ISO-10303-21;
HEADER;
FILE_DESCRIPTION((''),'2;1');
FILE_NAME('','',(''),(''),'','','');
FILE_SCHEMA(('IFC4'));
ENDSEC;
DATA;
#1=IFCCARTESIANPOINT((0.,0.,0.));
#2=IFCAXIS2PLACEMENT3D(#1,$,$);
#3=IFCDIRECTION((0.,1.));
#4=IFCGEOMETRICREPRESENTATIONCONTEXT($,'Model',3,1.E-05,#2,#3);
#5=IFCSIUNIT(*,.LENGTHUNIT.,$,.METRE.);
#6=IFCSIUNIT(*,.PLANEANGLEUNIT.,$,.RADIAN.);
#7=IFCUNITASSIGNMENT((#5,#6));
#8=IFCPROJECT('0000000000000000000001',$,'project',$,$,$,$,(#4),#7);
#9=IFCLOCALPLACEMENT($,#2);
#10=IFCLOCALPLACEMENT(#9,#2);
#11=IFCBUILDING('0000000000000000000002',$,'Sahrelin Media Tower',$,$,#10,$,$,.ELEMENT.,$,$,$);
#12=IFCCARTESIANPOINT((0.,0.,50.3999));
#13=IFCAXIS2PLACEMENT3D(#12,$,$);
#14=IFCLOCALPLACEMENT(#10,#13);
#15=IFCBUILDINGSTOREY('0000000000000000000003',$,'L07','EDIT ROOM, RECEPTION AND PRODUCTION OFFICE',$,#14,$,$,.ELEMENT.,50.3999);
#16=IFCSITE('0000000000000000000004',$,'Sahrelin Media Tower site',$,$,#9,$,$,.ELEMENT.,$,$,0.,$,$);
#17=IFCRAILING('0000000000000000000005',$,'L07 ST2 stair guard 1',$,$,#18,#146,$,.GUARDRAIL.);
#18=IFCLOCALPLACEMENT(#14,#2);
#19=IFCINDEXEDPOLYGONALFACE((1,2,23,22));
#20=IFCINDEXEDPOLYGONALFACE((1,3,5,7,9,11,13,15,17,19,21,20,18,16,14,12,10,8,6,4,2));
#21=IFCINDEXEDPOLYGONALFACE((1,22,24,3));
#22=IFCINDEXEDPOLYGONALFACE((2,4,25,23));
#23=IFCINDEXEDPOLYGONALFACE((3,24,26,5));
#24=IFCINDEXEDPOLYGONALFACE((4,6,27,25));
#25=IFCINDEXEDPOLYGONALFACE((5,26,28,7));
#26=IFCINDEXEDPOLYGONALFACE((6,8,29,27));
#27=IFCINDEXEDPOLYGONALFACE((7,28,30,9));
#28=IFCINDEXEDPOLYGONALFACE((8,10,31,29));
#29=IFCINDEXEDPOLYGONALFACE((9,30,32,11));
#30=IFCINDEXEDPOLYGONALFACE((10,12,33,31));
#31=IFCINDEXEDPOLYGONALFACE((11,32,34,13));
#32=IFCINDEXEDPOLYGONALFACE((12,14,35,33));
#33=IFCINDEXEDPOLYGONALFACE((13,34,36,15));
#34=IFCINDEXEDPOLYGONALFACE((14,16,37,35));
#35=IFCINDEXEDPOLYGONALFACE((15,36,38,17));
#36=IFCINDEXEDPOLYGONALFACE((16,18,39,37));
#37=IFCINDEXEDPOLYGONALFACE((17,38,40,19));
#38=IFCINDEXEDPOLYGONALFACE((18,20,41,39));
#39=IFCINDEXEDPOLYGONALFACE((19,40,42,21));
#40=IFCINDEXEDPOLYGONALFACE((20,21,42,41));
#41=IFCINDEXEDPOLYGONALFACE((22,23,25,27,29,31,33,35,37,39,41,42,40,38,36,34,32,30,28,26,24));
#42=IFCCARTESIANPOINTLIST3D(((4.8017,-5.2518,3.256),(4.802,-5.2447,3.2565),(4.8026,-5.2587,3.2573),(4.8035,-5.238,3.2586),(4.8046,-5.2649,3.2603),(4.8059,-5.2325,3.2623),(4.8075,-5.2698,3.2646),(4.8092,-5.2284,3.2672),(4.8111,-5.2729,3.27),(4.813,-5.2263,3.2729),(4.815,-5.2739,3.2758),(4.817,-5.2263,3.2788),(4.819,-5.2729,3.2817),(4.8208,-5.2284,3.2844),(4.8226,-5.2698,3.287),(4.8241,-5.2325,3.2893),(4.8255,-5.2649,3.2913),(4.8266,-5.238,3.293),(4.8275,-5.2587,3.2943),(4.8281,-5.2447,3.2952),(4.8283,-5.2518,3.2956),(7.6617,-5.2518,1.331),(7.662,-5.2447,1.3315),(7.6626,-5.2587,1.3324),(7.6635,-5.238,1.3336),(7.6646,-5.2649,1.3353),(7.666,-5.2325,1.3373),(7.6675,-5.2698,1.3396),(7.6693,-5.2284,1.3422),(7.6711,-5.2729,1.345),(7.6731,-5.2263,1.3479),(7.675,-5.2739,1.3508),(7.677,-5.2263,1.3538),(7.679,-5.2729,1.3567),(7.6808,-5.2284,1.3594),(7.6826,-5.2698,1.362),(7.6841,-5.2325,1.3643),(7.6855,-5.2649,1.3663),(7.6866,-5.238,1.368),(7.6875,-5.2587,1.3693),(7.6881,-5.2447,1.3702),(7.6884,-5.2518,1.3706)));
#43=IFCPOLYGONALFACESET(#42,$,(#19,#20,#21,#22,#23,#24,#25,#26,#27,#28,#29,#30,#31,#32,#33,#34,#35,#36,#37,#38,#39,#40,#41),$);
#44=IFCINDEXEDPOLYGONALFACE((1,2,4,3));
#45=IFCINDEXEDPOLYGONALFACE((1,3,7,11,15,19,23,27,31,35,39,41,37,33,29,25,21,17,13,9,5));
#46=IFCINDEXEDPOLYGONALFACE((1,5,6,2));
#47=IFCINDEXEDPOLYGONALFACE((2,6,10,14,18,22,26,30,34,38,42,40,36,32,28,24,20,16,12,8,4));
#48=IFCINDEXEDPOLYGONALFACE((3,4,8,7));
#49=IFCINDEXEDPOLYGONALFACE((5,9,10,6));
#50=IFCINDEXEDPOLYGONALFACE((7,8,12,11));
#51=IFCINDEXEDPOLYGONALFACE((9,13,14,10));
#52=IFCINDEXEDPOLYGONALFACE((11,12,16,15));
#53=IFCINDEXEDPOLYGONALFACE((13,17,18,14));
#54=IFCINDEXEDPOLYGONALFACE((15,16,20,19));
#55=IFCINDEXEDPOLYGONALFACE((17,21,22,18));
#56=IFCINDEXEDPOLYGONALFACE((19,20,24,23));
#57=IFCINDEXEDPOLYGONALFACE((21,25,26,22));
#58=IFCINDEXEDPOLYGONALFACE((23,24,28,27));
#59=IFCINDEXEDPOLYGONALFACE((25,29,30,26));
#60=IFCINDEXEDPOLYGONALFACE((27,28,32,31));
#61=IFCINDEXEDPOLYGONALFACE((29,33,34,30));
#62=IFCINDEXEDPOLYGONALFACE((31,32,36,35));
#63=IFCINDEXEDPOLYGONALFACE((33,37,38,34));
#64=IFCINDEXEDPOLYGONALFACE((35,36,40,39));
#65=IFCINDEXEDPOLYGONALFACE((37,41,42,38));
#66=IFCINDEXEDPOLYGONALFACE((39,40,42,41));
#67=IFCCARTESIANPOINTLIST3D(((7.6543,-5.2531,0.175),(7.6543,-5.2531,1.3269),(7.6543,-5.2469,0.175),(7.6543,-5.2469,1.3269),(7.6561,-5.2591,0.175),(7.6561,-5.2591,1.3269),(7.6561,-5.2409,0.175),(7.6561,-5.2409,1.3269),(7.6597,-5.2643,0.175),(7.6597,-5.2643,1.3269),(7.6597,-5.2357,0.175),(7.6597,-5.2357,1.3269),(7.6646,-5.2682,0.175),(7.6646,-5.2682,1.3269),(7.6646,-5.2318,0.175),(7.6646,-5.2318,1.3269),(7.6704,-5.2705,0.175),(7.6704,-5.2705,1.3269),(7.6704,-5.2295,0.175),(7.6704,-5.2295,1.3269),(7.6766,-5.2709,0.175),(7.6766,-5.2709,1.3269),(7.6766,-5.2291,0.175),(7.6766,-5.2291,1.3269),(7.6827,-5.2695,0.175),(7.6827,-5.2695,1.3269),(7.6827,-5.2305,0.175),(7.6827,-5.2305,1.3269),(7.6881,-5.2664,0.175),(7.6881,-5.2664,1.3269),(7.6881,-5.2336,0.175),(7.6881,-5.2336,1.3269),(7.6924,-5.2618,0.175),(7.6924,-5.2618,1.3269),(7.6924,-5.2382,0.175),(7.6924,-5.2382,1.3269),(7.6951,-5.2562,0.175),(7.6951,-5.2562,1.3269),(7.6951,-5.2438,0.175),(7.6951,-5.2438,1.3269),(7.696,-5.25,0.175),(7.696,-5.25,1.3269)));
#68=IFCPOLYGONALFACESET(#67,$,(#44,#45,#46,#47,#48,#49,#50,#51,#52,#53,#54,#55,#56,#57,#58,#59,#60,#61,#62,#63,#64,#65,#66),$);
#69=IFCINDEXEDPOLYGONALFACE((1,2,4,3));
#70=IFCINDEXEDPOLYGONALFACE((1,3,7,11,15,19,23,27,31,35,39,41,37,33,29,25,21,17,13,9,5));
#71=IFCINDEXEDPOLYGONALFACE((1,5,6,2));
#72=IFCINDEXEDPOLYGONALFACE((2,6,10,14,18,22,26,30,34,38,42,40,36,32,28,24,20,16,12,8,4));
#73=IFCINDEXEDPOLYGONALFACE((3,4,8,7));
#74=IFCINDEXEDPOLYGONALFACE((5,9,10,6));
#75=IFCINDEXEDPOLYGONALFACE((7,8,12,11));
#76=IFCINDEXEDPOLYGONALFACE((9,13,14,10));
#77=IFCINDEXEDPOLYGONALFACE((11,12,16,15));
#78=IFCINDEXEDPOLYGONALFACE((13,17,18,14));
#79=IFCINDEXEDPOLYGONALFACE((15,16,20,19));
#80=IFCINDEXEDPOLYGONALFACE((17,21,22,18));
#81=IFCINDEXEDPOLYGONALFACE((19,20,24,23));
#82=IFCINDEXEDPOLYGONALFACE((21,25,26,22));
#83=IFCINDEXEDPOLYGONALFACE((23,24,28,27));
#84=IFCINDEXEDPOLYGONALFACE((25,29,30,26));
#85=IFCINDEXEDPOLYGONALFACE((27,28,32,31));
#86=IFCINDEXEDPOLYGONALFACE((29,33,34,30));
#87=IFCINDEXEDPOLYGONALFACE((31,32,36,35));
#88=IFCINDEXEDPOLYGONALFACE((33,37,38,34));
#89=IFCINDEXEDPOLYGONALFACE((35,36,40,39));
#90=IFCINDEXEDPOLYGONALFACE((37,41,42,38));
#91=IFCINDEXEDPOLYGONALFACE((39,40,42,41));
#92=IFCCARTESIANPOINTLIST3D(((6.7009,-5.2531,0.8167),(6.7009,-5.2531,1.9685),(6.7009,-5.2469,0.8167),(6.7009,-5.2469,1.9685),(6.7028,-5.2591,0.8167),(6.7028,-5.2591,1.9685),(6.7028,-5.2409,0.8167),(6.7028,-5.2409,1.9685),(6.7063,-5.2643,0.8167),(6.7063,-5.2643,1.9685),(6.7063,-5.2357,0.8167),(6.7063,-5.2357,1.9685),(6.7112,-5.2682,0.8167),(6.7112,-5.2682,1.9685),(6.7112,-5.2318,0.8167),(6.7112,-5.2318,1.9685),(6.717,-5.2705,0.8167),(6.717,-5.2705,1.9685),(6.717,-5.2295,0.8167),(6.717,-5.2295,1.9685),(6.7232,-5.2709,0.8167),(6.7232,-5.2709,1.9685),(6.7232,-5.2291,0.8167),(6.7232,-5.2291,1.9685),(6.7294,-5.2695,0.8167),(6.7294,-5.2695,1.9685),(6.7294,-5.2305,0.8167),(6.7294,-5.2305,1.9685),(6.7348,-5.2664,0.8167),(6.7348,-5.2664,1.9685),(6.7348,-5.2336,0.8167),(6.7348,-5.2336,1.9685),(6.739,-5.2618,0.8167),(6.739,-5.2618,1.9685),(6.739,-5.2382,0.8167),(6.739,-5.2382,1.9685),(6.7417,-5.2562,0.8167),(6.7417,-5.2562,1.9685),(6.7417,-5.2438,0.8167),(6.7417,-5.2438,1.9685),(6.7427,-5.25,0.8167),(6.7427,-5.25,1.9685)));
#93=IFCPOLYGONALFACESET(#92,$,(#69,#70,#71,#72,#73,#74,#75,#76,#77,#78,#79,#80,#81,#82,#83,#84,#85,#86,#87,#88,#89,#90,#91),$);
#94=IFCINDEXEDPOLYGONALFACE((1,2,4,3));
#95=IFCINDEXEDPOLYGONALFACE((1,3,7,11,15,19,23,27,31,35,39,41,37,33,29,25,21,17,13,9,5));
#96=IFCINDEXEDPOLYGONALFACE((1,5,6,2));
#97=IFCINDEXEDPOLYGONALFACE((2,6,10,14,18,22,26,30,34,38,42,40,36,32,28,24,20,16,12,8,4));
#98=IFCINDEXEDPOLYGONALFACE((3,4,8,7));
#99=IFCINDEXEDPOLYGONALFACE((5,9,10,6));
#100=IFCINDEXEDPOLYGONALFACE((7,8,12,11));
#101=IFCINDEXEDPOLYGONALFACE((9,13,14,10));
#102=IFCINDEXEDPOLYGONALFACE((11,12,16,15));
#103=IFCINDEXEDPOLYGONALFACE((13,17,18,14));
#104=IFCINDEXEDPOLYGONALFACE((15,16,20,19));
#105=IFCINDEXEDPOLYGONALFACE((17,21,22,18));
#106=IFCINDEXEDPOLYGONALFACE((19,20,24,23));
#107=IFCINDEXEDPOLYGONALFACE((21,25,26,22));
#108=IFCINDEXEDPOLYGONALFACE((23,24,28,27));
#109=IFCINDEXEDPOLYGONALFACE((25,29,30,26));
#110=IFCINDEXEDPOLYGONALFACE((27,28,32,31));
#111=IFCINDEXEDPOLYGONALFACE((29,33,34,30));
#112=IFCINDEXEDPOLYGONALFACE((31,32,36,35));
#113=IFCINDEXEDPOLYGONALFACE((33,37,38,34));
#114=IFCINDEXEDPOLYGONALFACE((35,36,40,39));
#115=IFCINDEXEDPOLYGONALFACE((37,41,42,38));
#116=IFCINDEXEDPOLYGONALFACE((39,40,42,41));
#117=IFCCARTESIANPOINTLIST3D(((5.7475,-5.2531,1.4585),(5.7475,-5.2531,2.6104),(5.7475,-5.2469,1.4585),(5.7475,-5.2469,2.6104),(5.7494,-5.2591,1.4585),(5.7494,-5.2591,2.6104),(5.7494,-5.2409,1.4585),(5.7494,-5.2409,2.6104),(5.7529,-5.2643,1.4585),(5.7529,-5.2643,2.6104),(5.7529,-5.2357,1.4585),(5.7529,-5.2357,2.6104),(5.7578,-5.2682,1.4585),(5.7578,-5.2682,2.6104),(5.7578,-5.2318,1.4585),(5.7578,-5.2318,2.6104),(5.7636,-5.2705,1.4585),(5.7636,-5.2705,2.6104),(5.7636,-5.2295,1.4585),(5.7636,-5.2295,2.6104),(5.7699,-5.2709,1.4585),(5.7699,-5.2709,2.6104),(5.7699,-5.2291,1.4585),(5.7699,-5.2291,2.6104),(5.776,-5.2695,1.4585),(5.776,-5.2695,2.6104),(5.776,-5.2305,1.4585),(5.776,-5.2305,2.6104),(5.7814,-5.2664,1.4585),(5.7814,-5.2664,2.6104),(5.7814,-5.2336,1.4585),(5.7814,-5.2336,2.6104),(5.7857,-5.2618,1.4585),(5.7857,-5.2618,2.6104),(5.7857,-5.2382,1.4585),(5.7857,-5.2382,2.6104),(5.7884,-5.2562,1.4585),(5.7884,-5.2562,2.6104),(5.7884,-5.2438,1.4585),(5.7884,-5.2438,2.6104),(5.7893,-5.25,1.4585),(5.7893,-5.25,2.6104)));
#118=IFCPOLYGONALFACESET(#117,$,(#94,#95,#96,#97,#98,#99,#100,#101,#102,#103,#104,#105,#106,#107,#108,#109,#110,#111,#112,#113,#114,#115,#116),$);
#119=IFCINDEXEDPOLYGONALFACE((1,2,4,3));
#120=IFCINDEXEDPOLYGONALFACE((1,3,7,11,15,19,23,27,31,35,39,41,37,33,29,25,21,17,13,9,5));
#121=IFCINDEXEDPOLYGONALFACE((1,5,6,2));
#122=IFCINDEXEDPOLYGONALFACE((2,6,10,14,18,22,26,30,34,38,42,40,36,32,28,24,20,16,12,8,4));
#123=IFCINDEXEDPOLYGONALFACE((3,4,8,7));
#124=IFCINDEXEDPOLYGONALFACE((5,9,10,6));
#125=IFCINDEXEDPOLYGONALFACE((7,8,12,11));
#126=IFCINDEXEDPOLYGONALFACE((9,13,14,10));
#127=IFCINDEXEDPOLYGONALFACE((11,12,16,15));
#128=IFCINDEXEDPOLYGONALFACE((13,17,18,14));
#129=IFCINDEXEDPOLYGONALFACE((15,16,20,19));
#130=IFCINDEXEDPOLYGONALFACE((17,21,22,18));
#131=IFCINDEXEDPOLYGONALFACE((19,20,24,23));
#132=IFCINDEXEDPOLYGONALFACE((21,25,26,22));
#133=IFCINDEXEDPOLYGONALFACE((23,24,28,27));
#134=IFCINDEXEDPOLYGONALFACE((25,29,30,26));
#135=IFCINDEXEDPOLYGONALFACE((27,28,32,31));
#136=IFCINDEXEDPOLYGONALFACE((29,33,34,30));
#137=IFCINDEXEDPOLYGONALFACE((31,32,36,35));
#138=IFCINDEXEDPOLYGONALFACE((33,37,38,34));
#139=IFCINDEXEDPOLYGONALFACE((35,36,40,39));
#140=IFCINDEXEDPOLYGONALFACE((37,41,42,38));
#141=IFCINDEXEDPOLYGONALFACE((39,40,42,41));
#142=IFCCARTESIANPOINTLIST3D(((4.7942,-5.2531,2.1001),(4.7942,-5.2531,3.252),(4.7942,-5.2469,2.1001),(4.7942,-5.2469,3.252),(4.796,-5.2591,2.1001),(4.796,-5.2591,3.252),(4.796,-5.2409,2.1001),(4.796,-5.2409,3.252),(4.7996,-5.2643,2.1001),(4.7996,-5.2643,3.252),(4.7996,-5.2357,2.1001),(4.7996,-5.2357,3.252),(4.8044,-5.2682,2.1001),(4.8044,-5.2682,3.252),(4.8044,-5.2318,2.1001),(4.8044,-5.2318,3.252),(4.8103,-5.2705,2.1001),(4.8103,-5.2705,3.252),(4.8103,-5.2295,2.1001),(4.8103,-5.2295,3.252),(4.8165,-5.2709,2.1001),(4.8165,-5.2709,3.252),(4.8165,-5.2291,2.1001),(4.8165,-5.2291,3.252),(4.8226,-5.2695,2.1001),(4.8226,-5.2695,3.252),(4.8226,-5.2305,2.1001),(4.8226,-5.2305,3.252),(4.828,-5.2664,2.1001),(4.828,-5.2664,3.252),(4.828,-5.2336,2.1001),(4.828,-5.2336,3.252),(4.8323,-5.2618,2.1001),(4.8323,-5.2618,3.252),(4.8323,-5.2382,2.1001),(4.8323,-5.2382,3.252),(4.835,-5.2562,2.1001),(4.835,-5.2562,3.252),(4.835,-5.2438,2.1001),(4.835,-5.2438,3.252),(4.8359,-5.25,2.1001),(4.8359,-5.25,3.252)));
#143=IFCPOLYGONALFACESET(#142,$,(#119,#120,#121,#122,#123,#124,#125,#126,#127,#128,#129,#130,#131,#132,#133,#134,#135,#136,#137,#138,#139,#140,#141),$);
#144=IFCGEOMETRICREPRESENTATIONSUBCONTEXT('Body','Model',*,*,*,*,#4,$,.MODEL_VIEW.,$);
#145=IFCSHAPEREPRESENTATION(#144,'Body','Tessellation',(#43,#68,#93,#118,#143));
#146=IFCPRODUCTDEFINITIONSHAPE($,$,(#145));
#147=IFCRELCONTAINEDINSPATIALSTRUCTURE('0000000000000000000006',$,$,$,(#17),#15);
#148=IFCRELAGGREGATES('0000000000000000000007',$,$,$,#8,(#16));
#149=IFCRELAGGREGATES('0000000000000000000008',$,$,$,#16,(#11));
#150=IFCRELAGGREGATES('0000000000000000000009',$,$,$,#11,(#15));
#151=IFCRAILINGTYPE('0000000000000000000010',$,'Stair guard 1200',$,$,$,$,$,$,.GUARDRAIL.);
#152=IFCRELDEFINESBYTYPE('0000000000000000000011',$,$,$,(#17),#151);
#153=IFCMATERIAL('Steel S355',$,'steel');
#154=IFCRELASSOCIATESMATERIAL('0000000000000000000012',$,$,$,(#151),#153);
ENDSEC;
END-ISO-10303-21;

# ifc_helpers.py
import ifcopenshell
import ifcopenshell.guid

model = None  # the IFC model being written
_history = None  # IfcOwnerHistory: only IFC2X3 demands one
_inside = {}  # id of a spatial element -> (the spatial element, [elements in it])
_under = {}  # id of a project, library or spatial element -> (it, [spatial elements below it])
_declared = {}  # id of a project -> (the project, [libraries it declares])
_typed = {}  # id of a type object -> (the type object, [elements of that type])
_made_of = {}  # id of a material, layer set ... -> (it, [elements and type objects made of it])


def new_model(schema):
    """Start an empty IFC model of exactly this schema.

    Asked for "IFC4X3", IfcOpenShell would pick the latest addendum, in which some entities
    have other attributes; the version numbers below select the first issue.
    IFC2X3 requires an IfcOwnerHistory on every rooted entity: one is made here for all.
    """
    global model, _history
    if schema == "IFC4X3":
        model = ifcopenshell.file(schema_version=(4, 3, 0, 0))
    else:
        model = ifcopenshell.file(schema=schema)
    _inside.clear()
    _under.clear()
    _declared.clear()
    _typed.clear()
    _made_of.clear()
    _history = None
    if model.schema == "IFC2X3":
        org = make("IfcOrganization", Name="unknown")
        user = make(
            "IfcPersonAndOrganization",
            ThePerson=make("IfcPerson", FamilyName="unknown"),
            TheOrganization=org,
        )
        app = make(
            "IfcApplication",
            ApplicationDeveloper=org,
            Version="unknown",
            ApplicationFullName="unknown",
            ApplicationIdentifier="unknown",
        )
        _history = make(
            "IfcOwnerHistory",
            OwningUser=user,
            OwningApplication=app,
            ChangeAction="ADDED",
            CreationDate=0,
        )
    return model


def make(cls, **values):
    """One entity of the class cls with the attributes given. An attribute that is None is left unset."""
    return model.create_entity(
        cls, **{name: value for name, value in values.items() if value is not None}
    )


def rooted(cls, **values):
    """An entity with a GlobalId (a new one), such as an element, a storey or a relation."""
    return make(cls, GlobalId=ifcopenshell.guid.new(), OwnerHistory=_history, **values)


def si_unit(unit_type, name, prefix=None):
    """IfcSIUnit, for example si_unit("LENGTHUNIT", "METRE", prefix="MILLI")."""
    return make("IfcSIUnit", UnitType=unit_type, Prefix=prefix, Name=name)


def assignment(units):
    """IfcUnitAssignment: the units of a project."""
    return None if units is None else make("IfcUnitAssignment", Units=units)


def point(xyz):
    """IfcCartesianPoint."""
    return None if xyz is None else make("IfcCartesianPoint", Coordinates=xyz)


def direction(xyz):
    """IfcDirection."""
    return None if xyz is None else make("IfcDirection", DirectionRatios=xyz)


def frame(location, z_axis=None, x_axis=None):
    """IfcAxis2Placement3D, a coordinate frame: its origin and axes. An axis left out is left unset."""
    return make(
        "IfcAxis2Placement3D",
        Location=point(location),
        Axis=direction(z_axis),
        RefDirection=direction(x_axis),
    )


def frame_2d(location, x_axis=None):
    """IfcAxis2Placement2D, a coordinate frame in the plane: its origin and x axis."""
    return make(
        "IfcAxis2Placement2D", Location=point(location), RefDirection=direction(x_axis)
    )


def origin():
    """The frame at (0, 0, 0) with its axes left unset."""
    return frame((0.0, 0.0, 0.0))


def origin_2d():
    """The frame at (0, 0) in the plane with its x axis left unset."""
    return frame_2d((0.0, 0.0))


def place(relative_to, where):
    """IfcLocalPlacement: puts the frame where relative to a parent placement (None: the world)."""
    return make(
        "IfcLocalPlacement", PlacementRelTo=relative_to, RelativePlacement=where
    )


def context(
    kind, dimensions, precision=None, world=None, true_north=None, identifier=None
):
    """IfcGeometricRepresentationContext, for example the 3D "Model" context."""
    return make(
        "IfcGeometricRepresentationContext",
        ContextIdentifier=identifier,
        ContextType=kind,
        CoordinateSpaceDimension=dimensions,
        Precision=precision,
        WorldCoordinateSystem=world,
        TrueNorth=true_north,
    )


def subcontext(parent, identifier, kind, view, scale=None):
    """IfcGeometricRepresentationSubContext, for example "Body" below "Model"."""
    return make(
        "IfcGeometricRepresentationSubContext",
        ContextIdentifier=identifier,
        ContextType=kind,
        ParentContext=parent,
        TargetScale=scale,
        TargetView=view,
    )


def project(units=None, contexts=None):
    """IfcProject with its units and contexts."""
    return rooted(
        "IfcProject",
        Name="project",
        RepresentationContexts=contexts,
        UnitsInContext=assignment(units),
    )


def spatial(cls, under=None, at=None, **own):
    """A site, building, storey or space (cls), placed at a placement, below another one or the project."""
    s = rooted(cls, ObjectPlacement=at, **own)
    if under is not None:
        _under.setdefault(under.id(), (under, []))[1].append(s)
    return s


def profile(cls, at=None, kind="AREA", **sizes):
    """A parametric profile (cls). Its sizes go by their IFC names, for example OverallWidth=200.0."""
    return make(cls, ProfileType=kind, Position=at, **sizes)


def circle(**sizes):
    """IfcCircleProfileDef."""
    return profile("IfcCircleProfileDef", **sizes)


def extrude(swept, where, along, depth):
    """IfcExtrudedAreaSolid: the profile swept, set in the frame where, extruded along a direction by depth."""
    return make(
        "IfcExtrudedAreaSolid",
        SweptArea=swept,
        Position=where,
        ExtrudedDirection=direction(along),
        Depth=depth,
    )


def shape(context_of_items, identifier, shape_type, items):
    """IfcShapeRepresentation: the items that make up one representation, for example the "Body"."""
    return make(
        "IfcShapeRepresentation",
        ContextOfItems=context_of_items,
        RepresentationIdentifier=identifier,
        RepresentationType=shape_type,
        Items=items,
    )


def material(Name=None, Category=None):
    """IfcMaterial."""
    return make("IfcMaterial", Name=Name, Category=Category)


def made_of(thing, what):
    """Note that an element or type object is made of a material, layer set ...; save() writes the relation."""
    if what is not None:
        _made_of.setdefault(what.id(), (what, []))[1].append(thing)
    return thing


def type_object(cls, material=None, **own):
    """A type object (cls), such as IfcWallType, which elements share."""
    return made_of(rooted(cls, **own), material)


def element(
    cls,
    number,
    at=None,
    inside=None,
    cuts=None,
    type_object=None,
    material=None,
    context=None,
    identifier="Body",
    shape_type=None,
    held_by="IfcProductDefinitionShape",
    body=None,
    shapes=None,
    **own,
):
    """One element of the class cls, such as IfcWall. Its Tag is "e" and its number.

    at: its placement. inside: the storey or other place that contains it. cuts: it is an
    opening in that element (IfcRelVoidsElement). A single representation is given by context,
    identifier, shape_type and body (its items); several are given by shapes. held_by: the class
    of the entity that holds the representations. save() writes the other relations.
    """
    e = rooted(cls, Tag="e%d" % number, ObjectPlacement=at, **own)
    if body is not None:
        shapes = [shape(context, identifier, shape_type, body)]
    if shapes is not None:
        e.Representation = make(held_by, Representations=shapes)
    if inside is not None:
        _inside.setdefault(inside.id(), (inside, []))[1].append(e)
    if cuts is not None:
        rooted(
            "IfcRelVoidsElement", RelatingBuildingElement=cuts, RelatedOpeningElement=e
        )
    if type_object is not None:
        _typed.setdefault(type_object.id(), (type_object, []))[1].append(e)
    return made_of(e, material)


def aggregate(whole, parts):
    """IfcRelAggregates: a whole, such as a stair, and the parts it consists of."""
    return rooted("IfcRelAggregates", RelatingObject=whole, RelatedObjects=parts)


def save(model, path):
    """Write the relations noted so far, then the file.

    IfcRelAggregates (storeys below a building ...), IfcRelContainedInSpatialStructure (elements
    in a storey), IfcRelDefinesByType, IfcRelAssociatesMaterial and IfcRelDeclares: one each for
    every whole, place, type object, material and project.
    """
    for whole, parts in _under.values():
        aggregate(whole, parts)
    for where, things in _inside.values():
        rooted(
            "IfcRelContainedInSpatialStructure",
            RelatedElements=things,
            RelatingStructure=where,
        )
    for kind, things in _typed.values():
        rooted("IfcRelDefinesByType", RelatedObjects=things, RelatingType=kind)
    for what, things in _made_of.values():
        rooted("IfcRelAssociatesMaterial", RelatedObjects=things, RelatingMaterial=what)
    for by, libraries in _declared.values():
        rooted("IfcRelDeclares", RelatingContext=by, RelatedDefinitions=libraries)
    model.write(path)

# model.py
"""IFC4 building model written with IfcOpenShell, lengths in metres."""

from ifc_helpers import new_model, si_unit, direction, frame, origin, origin_2d, place, context, subcontext, project, spatial, circle, extrude, material, type_object, element, save


model = new_model("IFC4")

# Units and contexts
model_context = context("Model", 3, precision=1e-05, world=origin(), true_north=direction((0.0, 1.0)))
body_context = subcontext(model_context, "Body", "Model", "MODEL_VIEW")
ifc_project = project(units=[si_unit("LENGTHUNIT", "METRE"), si_unit("PLANEANGLEUNIT", "RADIAN")], contexts=[model_context])

# Site, building, storey
site_placement = place(None, origin())
site = spatial("IfcSite", under=ifc_project, at=site_placement, Name="Sahrelin Media Tower site", CompositionType="ELEMENT", RefElevation=0.0)
building_placement = place(site_placement, origin())
building = spatial("IfcBuilding", under=site, at=building_placement, Name="Sahrelin Media Tower", CompositionType="ELEMENT")
storey_placement = place(building_placement, frame((0.0, 0.0, 50.3999)))
storey = spatial("IfcBuildingStorey", under=building, at=storey_placement, Name="L07", Description="EDIT ROOM, RECEPTION AND PRODUCTION OFFICE", CompositionType="ELEMENT", Elevation=50.3999)

# Shared definitions
ifc_material_1 = material(Name="Steel S355", Category="steel")

# Railing
railing_type_1 = type_object("IfcRailingType", Name="Stair guard 1200", PredefinedType="GUARDRAIL", material=ifc_material_1)
railing_1_placement = place(storey_placement, frame((7.675, -5.25, 0.175)))
element("IfcRailing", 1, at=railing_1_placement, inside=storey, type_object=railing_type_1, Name="L07 ST2 stair guard 1", PredefinedType="GUARDRAIL", context=body_context, shape_type="SweptSolid", body=[
    extrude(circle(Radius=0.0239, at=origin_2d()), frame((0.0, 0.0, 1.1758), z_axis=(-0.829591, 0.0, 0.558372), x_axis=(0.0, -1.0, 0.0)), (0.0, 0.0, 1.0), 3.4475),
    extrude(circle(Radius=0.021, at=origin_2d()), origin(), (0.0, 0.0, 1.0), 1.1519),
    extrude(circle(Radius=0.021, at=origin_2d()), frame((-0.9534, 0.0, 0.6416)), (0.0, 0.0, 1.0), 1.1519),
    extrude(circle(Radius=0.021, at=origin_2d()), frame((-1.9067, 0.0, 1.2834)), (0.0, 0.0, 1.0), 1.1519),
    extrude(circle(Radius=0.021, at=origin_2d()), frame((-2.8601, 0.0, 1.925)), (0.0, 0.0, 1.0), 1.1519),
])

save(model, "model.ifc")
